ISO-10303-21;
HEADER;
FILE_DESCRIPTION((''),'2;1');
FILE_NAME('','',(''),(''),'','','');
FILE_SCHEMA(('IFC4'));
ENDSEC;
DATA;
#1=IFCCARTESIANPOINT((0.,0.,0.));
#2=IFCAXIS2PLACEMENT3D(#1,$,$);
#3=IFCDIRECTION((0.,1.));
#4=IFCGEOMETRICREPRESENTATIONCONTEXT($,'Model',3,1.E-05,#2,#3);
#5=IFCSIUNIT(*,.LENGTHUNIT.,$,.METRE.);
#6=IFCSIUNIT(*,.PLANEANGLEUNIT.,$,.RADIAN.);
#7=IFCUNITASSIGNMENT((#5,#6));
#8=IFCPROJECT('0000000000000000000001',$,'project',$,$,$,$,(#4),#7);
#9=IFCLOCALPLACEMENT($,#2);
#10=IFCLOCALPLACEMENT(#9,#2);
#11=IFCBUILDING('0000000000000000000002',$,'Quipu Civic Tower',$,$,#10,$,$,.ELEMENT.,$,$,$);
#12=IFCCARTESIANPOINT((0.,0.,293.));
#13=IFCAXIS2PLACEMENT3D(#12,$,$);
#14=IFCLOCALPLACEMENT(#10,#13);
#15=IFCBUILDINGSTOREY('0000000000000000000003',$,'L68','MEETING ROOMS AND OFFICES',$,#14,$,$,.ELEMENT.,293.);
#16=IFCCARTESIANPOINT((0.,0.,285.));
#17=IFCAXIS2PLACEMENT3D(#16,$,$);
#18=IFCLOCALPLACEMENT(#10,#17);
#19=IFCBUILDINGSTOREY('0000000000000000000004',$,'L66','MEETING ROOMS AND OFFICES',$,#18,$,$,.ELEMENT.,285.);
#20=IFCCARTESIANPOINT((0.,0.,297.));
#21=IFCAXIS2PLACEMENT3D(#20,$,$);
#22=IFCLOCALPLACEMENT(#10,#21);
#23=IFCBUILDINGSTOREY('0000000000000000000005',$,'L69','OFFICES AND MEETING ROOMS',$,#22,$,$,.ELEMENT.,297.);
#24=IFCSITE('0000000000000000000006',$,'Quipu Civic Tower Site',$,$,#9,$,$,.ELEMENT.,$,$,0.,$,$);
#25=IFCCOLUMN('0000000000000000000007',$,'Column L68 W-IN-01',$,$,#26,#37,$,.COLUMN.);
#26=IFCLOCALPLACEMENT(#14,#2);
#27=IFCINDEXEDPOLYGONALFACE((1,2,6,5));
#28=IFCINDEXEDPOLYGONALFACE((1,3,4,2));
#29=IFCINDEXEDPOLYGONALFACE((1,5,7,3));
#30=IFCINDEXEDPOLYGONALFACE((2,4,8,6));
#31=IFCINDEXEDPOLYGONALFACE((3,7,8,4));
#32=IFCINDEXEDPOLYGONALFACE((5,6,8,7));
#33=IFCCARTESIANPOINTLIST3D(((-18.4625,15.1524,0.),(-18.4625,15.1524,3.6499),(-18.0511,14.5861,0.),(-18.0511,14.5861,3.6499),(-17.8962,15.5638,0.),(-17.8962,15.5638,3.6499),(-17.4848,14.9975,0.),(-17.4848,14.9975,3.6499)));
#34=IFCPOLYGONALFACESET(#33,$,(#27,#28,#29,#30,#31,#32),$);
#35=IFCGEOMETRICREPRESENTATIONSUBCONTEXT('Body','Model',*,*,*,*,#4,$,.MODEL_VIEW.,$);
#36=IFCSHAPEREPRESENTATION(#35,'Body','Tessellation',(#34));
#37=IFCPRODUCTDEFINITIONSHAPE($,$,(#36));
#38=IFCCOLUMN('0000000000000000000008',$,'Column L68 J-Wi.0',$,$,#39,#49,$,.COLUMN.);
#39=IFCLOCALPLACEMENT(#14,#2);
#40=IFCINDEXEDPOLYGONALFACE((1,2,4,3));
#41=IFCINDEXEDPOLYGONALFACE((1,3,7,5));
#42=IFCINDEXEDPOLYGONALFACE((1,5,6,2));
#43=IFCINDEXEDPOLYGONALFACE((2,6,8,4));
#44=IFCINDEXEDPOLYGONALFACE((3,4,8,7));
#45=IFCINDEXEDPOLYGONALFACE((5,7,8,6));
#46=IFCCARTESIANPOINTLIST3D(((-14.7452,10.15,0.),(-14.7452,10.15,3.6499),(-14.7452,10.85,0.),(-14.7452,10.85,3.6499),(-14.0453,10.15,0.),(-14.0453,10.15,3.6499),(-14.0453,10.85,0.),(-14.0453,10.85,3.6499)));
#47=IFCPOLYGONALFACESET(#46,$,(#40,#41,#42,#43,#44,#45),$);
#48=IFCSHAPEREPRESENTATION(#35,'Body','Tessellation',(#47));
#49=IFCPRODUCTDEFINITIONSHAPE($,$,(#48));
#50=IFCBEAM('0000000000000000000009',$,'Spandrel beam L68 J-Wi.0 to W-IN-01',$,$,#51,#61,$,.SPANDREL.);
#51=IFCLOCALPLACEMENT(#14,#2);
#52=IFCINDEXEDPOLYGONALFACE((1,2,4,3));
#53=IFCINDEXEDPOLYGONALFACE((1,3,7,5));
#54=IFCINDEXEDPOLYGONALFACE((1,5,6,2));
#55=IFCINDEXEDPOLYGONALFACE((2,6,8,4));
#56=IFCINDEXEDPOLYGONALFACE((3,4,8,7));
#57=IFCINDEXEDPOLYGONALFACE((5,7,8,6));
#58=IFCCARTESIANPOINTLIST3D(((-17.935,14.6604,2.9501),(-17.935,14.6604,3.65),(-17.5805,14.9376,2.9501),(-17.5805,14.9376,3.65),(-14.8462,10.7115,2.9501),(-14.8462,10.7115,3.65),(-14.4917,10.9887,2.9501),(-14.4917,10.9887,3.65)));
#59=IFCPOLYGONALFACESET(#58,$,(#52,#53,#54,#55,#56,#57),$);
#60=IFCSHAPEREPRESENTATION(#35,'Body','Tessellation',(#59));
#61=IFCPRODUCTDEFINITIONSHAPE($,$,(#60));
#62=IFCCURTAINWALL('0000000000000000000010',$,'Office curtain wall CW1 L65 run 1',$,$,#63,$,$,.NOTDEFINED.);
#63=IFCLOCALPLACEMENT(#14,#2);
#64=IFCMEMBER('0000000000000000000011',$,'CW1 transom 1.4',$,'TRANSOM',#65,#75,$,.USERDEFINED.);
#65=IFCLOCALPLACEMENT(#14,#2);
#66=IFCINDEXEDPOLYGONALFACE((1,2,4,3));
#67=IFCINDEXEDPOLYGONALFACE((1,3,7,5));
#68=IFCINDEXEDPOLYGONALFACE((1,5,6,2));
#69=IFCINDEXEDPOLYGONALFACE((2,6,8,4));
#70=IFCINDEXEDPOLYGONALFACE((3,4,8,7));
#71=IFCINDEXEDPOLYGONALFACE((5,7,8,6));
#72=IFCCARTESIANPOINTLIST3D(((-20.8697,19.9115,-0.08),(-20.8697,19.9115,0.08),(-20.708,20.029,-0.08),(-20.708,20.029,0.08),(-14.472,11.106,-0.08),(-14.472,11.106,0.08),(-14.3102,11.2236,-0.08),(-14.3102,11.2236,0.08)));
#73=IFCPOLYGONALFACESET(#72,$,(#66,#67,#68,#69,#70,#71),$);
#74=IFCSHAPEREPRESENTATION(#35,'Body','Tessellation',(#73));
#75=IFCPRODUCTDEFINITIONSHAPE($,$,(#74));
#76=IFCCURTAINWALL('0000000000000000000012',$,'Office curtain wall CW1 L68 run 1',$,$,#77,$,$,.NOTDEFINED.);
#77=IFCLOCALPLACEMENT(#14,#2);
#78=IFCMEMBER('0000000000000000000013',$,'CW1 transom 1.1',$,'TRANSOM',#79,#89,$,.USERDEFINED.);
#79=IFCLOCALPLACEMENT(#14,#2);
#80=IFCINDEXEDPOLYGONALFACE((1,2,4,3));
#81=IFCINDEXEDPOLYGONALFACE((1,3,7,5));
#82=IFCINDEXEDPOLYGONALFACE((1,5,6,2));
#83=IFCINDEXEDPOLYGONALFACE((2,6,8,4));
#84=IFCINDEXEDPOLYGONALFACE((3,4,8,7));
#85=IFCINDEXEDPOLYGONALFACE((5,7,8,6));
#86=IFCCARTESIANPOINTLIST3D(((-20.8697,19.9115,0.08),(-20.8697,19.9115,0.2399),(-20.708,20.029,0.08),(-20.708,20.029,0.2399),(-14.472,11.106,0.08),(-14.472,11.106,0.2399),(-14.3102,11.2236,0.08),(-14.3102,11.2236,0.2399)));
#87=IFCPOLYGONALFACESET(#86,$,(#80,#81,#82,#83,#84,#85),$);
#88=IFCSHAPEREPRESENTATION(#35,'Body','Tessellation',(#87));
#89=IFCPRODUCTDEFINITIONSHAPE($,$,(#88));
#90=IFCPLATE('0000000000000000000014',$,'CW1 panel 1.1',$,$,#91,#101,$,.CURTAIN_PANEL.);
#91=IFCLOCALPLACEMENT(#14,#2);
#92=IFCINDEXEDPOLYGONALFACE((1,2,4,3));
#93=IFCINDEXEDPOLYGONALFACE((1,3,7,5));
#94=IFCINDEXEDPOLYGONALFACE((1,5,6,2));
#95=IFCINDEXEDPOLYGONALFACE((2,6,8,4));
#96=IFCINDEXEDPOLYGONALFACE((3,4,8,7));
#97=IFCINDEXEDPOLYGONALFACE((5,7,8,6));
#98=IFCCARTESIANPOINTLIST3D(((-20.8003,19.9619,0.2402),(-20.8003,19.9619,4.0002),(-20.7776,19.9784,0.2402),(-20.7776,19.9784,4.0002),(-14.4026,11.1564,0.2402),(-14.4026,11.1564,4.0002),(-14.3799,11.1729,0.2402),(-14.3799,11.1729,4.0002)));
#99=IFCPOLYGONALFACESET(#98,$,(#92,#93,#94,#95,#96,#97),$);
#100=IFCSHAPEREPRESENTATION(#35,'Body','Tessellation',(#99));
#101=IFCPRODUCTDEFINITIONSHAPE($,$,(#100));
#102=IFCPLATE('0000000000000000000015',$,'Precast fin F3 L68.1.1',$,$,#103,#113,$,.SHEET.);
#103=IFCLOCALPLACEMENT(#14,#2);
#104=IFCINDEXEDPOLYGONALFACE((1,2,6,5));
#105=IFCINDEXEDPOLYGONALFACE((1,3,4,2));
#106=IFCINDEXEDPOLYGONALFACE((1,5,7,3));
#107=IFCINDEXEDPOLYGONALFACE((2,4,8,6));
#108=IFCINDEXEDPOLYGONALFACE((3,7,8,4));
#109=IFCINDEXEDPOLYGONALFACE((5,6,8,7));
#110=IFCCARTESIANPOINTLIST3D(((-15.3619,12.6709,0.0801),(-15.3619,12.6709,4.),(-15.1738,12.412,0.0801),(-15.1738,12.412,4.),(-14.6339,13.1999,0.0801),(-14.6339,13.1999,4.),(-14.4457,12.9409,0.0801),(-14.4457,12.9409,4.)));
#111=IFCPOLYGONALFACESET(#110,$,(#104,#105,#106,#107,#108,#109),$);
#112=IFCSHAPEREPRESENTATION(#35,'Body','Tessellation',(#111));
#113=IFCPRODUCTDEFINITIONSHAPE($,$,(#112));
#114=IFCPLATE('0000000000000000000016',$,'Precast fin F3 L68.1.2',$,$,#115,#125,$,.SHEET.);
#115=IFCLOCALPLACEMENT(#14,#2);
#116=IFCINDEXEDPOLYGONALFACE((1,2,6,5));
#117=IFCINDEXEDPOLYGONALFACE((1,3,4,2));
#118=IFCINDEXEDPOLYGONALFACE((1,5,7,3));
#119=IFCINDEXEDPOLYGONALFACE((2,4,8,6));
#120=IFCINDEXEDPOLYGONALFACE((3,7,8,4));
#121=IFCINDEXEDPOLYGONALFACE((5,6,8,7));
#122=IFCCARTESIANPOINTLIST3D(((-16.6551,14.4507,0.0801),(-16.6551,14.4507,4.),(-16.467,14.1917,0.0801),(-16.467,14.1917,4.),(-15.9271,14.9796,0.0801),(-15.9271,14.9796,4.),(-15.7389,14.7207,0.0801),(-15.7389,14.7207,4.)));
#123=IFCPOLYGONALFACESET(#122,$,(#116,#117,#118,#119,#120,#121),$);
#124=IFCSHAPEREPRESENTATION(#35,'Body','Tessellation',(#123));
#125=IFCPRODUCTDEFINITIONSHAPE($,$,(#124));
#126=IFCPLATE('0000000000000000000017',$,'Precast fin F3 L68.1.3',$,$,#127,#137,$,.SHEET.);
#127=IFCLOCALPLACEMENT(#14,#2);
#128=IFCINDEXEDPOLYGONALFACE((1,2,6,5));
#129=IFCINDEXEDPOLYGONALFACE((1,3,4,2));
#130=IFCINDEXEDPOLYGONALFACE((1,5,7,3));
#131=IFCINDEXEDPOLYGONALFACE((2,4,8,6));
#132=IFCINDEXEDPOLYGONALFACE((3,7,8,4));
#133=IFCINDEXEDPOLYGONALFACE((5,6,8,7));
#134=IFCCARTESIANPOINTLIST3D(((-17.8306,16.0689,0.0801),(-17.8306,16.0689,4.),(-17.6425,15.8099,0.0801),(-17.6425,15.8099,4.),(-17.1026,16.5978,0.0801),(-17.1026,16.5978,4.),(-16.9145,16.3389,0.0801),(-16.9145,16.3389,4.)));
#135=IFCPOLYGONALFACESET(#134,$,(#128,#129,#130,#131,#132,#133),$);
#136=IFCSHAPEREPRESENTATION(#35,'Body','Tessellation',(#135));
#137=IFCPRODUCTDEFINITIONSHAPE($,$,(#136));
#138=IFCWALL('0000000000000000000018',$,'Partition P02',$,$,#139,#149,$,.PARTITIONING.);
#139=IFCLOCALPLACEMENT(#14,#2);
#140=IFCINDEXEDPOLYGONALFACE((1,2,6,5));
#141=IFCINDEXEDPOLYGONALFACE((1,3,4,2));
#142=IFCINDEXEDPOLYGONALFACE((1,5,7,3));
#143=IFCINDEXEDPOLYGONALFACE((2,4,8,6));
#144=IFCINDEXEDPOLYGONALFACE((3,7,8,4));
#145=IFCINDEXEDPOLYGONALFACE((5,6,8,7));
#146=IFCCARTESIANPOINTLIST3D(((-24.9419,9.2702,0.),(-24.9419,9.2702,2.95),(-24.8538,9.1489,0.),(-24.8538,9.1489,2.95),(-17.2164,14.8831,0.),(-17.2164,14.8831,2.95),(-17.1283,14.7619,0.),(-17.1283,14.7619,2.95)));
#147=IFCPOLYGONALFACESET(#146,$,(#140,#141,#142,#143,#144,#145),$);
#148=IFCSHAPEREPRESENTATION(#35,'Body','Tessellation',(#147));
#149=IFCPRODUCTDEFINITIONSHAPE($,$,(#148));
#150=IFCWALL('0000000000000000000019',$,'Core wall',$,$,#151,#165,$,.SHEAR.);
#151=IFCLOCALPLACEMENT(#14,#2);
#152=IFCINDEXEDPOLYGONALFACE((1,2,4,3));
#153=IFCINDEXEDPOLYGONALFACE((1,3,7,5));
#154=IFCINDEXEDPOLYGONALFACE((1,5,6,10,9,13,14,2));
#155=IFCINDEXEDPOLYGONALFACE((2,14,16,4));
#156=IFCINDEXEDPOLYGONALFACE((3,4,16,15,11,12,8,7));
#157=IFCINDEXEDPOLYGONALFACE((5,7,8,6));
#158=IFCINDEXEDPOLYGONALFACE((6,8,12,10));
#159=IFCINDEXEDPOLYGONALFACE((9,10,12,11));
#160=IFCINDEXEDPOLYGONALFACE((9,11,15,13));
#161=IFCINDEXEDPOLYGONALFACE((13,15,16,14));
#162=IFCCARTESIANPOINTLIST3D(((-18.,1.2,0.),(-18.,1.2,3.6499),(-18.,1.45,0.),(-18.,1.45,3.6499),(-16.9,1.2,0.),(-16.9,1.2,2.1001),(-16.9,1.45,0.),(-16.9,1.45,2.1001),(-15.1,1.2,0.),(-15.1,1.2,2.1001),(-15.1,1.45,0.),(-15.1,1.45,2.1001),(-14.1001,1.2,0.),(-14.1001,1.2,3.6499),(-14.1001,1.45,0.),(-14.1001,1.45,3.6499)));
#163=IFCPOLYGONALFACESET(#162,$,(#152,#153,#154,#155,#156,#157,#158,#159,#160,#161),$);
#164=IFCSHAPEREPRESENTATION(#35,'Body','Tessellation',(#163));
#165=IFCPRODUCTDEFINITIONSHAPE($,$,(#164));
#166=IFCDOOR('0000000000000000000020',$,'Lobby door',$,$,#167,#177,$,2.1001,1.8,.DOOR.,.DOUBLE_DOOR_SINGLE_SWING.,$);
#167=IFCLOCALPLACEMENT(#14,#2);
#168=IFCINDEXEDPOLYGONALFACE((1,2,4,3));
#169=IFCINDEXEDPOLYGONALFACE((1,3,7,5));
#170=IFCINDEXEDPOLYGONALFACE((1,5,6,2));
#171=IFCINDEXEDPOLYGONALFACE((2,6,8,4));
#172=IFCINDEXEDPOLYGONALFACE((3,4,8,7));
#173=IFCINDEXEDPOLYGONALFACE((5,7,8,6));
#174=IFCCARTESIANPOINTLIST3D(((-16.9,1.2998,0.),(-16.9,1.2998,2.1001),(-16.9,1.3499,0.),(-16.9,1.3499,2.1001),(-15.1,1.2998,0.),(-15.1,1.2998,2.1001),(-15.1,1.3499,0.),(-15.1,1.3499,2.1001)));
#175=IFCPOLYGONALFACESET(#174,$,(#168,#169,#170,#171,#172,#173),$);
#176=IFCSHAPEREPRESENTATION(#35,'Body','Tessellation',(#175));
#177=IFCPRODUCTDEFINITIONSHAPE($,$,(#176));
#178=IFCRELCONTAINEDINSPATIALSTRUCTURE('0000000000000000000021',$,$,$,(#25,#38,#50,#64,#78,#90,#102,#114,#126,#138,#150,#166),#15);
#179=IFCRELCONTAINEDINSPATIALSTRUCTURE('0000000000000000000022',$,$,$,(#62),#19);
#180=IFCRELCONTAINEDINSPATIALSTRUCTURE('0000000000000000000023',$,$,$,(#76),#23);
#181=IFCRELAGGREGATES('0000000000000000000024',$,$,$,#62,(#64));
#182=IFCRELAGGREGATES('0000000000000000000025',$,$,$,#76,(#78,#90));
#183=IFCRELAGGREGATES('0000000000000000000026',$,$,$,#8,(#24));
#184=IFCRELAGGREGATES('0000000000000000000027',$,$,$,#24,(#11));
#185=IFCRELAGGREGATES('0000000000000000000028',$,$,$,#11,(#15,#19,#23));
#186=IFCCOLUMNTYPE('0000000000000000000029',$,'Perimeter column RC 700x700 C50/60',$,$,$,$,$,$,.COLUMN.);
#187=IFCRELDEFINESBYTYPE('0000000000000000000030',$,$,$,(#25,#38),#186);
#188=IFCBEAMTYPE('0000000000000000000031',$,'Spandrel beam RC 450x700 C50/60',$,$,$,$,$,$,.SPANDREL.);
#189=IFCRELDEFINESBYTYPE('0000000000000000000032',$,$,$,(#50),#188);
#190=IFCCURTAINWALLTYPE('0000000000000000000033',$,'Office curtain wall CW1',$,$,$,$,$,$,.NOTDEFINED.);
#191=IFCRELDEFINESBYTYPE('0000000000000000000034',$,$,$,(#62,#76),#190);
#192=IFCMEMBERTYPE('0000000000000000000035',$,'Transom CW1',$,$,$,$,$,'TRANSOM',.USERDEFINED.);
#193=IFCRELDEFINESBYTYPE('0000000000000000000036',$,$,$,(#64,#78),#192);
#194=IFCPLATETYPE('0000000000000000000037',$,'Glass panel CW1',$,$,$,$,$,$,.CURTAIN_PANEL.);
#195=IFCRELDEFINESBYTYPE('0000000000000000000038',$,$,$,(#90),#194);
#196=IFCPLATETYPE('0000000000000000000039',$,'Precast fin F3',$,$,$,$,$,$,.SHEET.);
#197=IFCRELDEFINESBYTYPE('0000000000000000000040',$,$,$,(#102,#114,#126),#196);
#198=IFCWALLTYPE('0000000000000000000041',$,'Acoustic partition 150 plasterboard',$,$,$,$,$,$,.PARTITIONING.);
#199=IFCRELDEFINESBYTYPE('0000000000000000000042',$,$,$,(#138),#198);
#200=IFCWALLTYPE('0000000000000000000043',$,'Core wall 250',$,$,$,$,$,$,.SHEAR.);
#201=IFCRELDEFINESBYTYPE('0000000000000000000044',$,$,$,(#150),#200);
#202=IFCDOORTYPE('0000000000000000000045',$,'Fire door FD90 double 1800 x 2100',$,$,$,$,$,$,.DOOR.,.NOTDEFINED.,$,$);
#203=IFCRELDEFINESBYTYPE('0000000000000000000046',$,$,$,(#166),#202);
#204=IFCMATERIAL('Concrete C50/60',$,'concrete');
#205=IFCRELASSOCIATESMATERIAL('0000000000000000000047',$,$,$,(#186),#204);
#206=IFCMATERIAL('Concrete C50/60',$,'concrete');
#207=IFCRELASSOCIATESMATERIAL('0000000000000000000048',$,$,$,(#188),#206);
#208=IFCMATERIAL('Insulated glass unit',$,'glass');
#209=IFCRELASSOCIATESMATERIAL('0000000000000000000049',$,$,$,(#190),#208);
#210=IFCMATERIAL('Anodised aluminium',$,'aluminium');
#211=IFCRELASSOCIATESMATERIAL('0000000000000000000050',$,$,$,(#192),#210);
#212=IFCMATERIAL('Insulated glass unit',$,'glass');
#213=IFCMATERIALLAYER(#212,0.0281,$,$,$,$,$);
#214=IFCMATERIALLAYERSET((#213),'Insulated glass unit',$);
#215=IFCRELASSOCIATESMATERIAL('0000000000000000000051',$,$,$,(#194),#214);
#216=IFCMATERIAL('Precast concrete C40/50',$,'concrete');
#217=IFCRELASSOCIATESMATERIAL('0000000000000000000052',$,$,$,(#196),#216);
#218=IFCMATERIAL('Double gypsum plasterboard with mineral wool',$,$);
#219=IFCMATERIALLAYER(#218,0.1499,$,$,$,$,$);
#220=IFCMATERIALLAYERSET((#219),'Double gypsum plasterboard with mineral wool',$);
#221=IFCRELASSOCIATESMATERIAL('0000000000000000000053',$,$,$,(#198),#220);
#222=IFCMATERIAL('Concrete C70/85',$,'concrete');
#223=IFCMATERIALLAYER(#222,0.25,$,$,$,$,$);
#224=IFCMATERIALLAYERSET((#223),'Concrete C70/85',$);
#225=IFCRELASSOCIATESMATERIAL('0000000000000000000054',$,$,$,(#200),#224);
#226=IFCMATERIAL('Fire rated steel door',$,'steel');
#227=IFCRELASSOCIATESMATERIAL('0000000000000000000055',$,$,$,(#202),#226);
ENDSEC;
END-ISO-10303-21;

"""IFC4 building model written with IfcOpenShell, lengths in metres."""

from ifc_helpers import new_model, si_unit, direction, frame, frame_2d, origin, origin_2d, place, context, subcontext, project, spatial, rectangle, extrude, material, layer, layer_set, material_profile, profile_set, type_object, element, fill, aggregate, save


model = new_model("IFC4")

# Units and contexts
model_context = context("Model", 3, precision=1e-05, world=origin(), true_north=direction((0.0, 1.0)))
body_context = subcontext(model_context, "Body", "Model", "MODEL_VIEW")
ifc_project = project(units=[si_unit("LENGTHUNIT", "METRE"), si_unit("PLANEANGLEUNIT", "RADIAN")], contexts=[model_context])

# Site, building, storey
site_placement = place(None, origin())
site = spatial("IfcSite", under=ifc_project, at=site_placement, Name="Quipu Civic Tower Site", CompositionType="ELEMENT", RefElevation=0.0)
building_placement = place(site_placement, origin())
building = spatial("IfcBuilding", under=site, at=building_placement, Name="Quipu Civic Tower", CompositionType="ELEMENT")
storey_1_placement = place(building_placement, frame((0.0, 0.0, 293.0)))
storey_1 = spatial("IfcBuildingStorey", under=building, at=storey_1_placement, Name="L68", Description="MEETING ROOMS AND OFFICES", CompositionType="ELEMENT", Elevation=293.0)

# Columns
ifc_material_1 = material(Name="Concrete C50/60", Category="concrete")
ifc_material_profile_1 = material_profile(ifc_material_1, rectangle(XDim=0.7, YDim=0.7, at=origin_2d()), Name="RC700x700")
ifc_profile_set_1 = profile_set([ifc_material_profile_1], Name="Concrete C50/60")
column_type = type_object("IfcColumnType", Name="Perimeter column RC 700x700 C50/60", PredefinedType="COLUMN", material=ifc_profile_set_1)
for number, where, z_axis, x_axis, name in (
    (1, (-17.9736, 15.075, 0.0), (0.0, 0.0, 1.0), (-0.587785, 0.809017, 0.0), "Column L68 W-IN-01"),
    (2, (-14.3953, 10.5, 0.0), (0.0, 0.0, 1.0), (-1.0, 0.0, 0.0), "Column L68 J-Wi.0"),
):
    element("IfcColumn", number, at=place(storey_1_placement, frame(where, z_axis=z_axis, x_axis=x_axis)), inside=storey_1, type_object=column_type, Name=name, PredefinedType="COLUMN", context=body_context, shape_type="SweptSolid", body=[
        extrude(rectangle(XDim=0.7, YDim=0.7, at=origin_2d()), origin(), (0.0, 0.0, 1.0), 3.6499),
    ])

# Beam
ifc_material_2 = material(Name="Concrete C50/60", Category="concrete")
ifc_material_profile_2 = material_profile(ifc_material_2, rectangle(XDim=0.45, YDim=0.7, at=origin_2d()), Name="RC450x700")
ifc_profile_set_2 = profile_set([ifc_material_profile_2], Name="Concrete C50/60")
beam_type = type_object("IfcBeamType", Name="Spandrel beam RC 450x700 C50/60", PredefinedType="SPANDREL", material=ifc_profile_set_2)
beam_placement = place(storey_1_placement, frame((-14.6689, 10.8501, 3.3), z_axis=(-0.616106, 0.787663, 0.0), x_axis=(-0.787663, -0.616106, 0.0)))
element("IfcBeam", 3, at=beam_placement, inside=storey_1, type_object=beam_type, Name="Spandrel beam L68 J-Wi.0 to W-IN-01", PredefinedType="SPANDREL", context=body_context, shape_type="SweptSolid", body=[
    extrude(rectangle(XDim=0.45, YDim=0.7, at=origin_2d()), origin(), (0.0, 0.0, 1.0), 5.0134),
])

# Shared definitions
storey_2_placement = place(building_placement, frame((0.0, 0.0, 285.0)))
storey_2 = spatial("IfcBuildingStorey", under=building, at=storey_2_placement, Name="L66", Description="MEETING ROOMS AND OFFICES", CompositionType="ELEMENT", Elevation=285.0)

# Curtain wall, member
ifc_material_3 = material(Name="Insulated glass unit", Category="glass")
curtain_wall_type = type_object("IfcCurtainWallType", Name="Office curtain wall CW1", PredefinedType="NOTDEFINED", material=ifc_material_3)
curtain_wall_1_placement = place(storey_2_placement, origin())
curtain_wall_1 = element("IfcCurtainWall", 4, at=curtain_wall_1_placement, inside=storey_2, type_object=curtain_wall_type, Name="Office curtain wall CW1 L65 run 1", PredefinedType="NOTDEFINED")
ifc_material_4 = material(Name="Anodised aluminium", Category="aluminium")
ifc_material_profile_3 = material_profile(ifc_material_4, rectangle(XDim=0.2, YDim=0.1599, at=origin_2d()), Name="RECT 200x160")
ifc_profile_set_3 = profile_set([ifc_material_profile_3], Name="Anodised aluminium")
member_type = type_object("IfcMemberType", Name="Transom CW1", ElementType="TRANSOM", PredefinedType="USERDEFINED", material=ifc_profile_set_3)
member_1_placement = place(storey_1_placement, frame((-14.3911, 11.1648, 0.0), z_axis=(-0.587797, 0.809009, 0.0), x_axis=(-0.809009, -0.587797, 0.0)))
member_1 = element("IfcMember", 5, at=member_1_placement, inside=storey_1, type_object=member_type, Name="CW1 transom 1.4", ObjectType="TRANSOM", PredefinedType="USERDEFINED", context=body_context, shape_type="SweptSolid", body=[
    extrude(rectangle(XDim=0.2, YDim=0.1599, at=origin_2d()), origin(), (0.0, 0.0, 1.0), 10.8843),
])
aggregate(curtain_wall_1, [member_1])

# Shared definitions
storey_3_placement = place(building_placement, frame((0.0, 0.0, 297.0)))
storey_3 = spatial("IfcBuildingStorey", under=building, at=storey_3_placement, Name="L69", Description="OFFICES AND MEETING ROOMS", CompositionType="ELEMENT", Elevation=297.0)

# Curtain wall, member, plate
curtain_wall_2_placement = place(storey_3_placement, origin())
curtain_wall_2 = element("IfcCurtainWall", 6, at=curtain_wall_2_placement, inside=storey_3, type_object=curtain_wall_type, Name="Office curtain wall CW1 L68 run 1", PredefinedType="NOTDEFINED")
member_2_placement = place(storey_1_placement, frame((-14.3911, 11.1648, 0.1599), z_axis=(-0.587797, 0.809009, 0.0), x_axis=(-0.809009, -0.587797, 0.0)))
member_2 = element("IfcMember", 7, at=member_2_placement, inside=storey_1, type_object=member_type, Name="CW1 transom 1.1", ObjectType="TRANSOM", PredefinedType="USERDEFINED", context=body_context, shape_type="SweptSolid", body=[
    extrude(rectangle(XDim=0.2, YDim=0.1599, at=origin_2d()), origin(), (0.0, 0.0, 1.0), 10.8843),
])
ifc_material_5 = material(Name="Insulated glass unit", Category="glass")
ifc_layer_1 = layer(ifc_material_5, 0.0281)
ifc_layer_set_1 = layer_set([ifc_layer_1], Name="Insulated glass unit")
plate_type_1 = type_object("IfcPlateType", Name="Glass panel CW1", PredefinedType="CURTAIN_PANEL", material=ifc_layer_set_1)
plate_placement = place(storey_1_placement, frame((-17.5901, 15.5674, 0.2402), z_axis=(0.0, 0.0, 1.0), x_axis=(-0.587788, 0.809015, 0.0)))
plate = element("IfcPlate", 8, at=plate_placement, inside=storey_1, type_object=plate_type_1, Name="CW1 panel 1.1", PredefinedType="CURTAIN_PANEL", context=body_context, shape_type="SweptSolid", body=[
    extrude(rectangle(XDim=10.8843, YDim=0.0281, at=origin_2d()), origin(), (0.0, 0.0, 1.0), 3.76),
])
aggregate(curtain_wall_2, [member_2, plate])

# Plates
ifc_material_6 = material(Name="Precast concrete C40/50", Category="concrete")
plate_type_2 = type_object("IfcPlateType", Name="Precast fin F3", PredefinedType="SHEET", material=ifc_material_6)
for number, where, z_axis, x_axis, name in (
    (9, (-14.9038, 12.8059, 0.0801), (0.0, 0.0, 1.0), (-0.587784, 0.809018, 0.0), "Precast fin F3 L68.1.1"),
    (10, (-16.197, 14.5857, 0.0801), (0.0, 0.0, 1.0), (-0.587784, 0.809018, 0.0), "Precast fin F3 L68.1.2"),
    (11, (-17.3726, 16.2039, 0.0801), (0.0, 0.0, 1.0), (-0.587784, 0.809018, 0.0), "Precast fin F3 L68.1.3"),
):
    element("IfcPlate", number, at=place(storey_1_placement, frame(where, z_axis=z_axis, x_axis=x_axis)), inside=storey_1, type_object=plate_type_2, Name=name, PredefinedType="SHEET", context=body_context, shape_type="SweptSolid", body=[
        extrude(rectangle(XDim=0.3201, YDim=0.8999, at=origin_2d()), origin(), (0.0, 0.0, 1.0), 3.9199),
    ])

# Wall
ifc_material_7 = material(Name="Double gypsum plasterboard with mineral wool")
ifc_layer_2 = layer(ifc_material_7, 0.1499)
ifc_layer_set_2 = layer_set([ifc_layer_2], Name="Double gypsum plasterboard with mineral wool")
wall_type_1 = type_object("IfcWallType", Name="Acoustic partition 150 plasterboard", PredefinedType="PARTITIONING", material=ifc_layer_set_2)
wall_1_placement = place(storey_1_placement, frame((-17.1724, 14.8225, 0.0), z_axis=(0.0, 0.0, 1.0), x_axis=(-0.809013, -0.58779, 0.0)))
element("IfcWall", 12, at=wall_1_placement, inside=storey_1, type_object=wall_type_1, Name="Partition P02", PredefinedType="PARTITIONING", context=body_context, shape_type="SweptSolid", body=[
    extrude(rectangle(XDim=9.5493, YDim=0.1499, at=frame_2d((4.7747, 0.0))), origin(), (0.0, 0.0, 1.0), 2.95),
])

# Wall, opening, door
ifc_material_8 = material(Name="Concrete C70/85", Category="concrete")
ifc_layer_3 = layer(ifc_material_8, 0.25)
ifc_layer_set_3 = layer_set([ifc_layer_3], Name="Concrete C70/85")
wall_type_2 = type_object("IfcWallType", Name="Core wall 250", PredefinedType="SHEAR", material=ifc_layer_set_3)
wall_2_placement = place(storey_1_placement, frame((-18.0, 1.325, 0.0), z_axis=(0.0, 0.0, 1.0), x_axis=(1.0, 0.0, 0.0)))
wall_2 = element("IfcWall", 13, at=wall_2_placement, inside=storey_1, type_object=wall_type_2, Name="Core wall", PredefinedType="SHEAR", context=body_context, shape_type="SweptSolid", body=[
    extrude(rectangle(XDim=3.8999, YDim=0.25, at=frame_2d((1.95, 0.0))), origin(), (0.0, 0.0, 1.0), 3.6499),
])
opening_1_placement = place(wall_2_placement, frame((1.1001, 0.0, 0.0)))
opening_1 = element("IfcOpeningElement", 14, at=opening_1_placement, cuts=wall_2, PredefinedType="OPENING", context=body_context, shape_type="SweptSolid", body=[
    extrude(rectangle(XDim=1.8, YDim=2.1001, at=frame_2d((0.8999, 1.05))), frame((0.0, 0.135, 0.0), z_axis=(0.0, -1.0, 0.0), x_axis=(1.0, 0.0, 0.0)), (0.0, 0.0, 1.0), 0.27),
])
ifc_material_9 = material(Name="Fire rated steel door", Category="steel")
door_type_1 = type_object("IfcDoorType", Name="Fire door FD90 double 1800 x 2100", OperationType="NOTDEFINED", PredefinedType="DOOR", material=ifc_material_9)
door_1_placement = place(opening_1_placement, origin())
door_1 = element("IfcDoor", 15, at=door_1_placement, inside=storey_1, type_object=door_type_1, Name="Lobby door", OperationType="DOUBLE_DOOR_SINGLE_SWING", OverallHeight=2.1001, OverallWidth=1.8, PredefinedType="DOOR", context=body_context, shape_type="SweptSolid", body=[
    extrude(rectangle(XDim=1.8, YDim=2.1001, at=frame_2d((0.8999, 1.05))), frame((0.0, 0.0249, 0.0), z_axis=(0.0, -1.0, 0.0), x_axis=(1.0, 0.0, 0.0)), (0.0, 0.0, 1.0), 0.05),
])
fill(opening_1, door_1)

save(model, "model.ifc")
